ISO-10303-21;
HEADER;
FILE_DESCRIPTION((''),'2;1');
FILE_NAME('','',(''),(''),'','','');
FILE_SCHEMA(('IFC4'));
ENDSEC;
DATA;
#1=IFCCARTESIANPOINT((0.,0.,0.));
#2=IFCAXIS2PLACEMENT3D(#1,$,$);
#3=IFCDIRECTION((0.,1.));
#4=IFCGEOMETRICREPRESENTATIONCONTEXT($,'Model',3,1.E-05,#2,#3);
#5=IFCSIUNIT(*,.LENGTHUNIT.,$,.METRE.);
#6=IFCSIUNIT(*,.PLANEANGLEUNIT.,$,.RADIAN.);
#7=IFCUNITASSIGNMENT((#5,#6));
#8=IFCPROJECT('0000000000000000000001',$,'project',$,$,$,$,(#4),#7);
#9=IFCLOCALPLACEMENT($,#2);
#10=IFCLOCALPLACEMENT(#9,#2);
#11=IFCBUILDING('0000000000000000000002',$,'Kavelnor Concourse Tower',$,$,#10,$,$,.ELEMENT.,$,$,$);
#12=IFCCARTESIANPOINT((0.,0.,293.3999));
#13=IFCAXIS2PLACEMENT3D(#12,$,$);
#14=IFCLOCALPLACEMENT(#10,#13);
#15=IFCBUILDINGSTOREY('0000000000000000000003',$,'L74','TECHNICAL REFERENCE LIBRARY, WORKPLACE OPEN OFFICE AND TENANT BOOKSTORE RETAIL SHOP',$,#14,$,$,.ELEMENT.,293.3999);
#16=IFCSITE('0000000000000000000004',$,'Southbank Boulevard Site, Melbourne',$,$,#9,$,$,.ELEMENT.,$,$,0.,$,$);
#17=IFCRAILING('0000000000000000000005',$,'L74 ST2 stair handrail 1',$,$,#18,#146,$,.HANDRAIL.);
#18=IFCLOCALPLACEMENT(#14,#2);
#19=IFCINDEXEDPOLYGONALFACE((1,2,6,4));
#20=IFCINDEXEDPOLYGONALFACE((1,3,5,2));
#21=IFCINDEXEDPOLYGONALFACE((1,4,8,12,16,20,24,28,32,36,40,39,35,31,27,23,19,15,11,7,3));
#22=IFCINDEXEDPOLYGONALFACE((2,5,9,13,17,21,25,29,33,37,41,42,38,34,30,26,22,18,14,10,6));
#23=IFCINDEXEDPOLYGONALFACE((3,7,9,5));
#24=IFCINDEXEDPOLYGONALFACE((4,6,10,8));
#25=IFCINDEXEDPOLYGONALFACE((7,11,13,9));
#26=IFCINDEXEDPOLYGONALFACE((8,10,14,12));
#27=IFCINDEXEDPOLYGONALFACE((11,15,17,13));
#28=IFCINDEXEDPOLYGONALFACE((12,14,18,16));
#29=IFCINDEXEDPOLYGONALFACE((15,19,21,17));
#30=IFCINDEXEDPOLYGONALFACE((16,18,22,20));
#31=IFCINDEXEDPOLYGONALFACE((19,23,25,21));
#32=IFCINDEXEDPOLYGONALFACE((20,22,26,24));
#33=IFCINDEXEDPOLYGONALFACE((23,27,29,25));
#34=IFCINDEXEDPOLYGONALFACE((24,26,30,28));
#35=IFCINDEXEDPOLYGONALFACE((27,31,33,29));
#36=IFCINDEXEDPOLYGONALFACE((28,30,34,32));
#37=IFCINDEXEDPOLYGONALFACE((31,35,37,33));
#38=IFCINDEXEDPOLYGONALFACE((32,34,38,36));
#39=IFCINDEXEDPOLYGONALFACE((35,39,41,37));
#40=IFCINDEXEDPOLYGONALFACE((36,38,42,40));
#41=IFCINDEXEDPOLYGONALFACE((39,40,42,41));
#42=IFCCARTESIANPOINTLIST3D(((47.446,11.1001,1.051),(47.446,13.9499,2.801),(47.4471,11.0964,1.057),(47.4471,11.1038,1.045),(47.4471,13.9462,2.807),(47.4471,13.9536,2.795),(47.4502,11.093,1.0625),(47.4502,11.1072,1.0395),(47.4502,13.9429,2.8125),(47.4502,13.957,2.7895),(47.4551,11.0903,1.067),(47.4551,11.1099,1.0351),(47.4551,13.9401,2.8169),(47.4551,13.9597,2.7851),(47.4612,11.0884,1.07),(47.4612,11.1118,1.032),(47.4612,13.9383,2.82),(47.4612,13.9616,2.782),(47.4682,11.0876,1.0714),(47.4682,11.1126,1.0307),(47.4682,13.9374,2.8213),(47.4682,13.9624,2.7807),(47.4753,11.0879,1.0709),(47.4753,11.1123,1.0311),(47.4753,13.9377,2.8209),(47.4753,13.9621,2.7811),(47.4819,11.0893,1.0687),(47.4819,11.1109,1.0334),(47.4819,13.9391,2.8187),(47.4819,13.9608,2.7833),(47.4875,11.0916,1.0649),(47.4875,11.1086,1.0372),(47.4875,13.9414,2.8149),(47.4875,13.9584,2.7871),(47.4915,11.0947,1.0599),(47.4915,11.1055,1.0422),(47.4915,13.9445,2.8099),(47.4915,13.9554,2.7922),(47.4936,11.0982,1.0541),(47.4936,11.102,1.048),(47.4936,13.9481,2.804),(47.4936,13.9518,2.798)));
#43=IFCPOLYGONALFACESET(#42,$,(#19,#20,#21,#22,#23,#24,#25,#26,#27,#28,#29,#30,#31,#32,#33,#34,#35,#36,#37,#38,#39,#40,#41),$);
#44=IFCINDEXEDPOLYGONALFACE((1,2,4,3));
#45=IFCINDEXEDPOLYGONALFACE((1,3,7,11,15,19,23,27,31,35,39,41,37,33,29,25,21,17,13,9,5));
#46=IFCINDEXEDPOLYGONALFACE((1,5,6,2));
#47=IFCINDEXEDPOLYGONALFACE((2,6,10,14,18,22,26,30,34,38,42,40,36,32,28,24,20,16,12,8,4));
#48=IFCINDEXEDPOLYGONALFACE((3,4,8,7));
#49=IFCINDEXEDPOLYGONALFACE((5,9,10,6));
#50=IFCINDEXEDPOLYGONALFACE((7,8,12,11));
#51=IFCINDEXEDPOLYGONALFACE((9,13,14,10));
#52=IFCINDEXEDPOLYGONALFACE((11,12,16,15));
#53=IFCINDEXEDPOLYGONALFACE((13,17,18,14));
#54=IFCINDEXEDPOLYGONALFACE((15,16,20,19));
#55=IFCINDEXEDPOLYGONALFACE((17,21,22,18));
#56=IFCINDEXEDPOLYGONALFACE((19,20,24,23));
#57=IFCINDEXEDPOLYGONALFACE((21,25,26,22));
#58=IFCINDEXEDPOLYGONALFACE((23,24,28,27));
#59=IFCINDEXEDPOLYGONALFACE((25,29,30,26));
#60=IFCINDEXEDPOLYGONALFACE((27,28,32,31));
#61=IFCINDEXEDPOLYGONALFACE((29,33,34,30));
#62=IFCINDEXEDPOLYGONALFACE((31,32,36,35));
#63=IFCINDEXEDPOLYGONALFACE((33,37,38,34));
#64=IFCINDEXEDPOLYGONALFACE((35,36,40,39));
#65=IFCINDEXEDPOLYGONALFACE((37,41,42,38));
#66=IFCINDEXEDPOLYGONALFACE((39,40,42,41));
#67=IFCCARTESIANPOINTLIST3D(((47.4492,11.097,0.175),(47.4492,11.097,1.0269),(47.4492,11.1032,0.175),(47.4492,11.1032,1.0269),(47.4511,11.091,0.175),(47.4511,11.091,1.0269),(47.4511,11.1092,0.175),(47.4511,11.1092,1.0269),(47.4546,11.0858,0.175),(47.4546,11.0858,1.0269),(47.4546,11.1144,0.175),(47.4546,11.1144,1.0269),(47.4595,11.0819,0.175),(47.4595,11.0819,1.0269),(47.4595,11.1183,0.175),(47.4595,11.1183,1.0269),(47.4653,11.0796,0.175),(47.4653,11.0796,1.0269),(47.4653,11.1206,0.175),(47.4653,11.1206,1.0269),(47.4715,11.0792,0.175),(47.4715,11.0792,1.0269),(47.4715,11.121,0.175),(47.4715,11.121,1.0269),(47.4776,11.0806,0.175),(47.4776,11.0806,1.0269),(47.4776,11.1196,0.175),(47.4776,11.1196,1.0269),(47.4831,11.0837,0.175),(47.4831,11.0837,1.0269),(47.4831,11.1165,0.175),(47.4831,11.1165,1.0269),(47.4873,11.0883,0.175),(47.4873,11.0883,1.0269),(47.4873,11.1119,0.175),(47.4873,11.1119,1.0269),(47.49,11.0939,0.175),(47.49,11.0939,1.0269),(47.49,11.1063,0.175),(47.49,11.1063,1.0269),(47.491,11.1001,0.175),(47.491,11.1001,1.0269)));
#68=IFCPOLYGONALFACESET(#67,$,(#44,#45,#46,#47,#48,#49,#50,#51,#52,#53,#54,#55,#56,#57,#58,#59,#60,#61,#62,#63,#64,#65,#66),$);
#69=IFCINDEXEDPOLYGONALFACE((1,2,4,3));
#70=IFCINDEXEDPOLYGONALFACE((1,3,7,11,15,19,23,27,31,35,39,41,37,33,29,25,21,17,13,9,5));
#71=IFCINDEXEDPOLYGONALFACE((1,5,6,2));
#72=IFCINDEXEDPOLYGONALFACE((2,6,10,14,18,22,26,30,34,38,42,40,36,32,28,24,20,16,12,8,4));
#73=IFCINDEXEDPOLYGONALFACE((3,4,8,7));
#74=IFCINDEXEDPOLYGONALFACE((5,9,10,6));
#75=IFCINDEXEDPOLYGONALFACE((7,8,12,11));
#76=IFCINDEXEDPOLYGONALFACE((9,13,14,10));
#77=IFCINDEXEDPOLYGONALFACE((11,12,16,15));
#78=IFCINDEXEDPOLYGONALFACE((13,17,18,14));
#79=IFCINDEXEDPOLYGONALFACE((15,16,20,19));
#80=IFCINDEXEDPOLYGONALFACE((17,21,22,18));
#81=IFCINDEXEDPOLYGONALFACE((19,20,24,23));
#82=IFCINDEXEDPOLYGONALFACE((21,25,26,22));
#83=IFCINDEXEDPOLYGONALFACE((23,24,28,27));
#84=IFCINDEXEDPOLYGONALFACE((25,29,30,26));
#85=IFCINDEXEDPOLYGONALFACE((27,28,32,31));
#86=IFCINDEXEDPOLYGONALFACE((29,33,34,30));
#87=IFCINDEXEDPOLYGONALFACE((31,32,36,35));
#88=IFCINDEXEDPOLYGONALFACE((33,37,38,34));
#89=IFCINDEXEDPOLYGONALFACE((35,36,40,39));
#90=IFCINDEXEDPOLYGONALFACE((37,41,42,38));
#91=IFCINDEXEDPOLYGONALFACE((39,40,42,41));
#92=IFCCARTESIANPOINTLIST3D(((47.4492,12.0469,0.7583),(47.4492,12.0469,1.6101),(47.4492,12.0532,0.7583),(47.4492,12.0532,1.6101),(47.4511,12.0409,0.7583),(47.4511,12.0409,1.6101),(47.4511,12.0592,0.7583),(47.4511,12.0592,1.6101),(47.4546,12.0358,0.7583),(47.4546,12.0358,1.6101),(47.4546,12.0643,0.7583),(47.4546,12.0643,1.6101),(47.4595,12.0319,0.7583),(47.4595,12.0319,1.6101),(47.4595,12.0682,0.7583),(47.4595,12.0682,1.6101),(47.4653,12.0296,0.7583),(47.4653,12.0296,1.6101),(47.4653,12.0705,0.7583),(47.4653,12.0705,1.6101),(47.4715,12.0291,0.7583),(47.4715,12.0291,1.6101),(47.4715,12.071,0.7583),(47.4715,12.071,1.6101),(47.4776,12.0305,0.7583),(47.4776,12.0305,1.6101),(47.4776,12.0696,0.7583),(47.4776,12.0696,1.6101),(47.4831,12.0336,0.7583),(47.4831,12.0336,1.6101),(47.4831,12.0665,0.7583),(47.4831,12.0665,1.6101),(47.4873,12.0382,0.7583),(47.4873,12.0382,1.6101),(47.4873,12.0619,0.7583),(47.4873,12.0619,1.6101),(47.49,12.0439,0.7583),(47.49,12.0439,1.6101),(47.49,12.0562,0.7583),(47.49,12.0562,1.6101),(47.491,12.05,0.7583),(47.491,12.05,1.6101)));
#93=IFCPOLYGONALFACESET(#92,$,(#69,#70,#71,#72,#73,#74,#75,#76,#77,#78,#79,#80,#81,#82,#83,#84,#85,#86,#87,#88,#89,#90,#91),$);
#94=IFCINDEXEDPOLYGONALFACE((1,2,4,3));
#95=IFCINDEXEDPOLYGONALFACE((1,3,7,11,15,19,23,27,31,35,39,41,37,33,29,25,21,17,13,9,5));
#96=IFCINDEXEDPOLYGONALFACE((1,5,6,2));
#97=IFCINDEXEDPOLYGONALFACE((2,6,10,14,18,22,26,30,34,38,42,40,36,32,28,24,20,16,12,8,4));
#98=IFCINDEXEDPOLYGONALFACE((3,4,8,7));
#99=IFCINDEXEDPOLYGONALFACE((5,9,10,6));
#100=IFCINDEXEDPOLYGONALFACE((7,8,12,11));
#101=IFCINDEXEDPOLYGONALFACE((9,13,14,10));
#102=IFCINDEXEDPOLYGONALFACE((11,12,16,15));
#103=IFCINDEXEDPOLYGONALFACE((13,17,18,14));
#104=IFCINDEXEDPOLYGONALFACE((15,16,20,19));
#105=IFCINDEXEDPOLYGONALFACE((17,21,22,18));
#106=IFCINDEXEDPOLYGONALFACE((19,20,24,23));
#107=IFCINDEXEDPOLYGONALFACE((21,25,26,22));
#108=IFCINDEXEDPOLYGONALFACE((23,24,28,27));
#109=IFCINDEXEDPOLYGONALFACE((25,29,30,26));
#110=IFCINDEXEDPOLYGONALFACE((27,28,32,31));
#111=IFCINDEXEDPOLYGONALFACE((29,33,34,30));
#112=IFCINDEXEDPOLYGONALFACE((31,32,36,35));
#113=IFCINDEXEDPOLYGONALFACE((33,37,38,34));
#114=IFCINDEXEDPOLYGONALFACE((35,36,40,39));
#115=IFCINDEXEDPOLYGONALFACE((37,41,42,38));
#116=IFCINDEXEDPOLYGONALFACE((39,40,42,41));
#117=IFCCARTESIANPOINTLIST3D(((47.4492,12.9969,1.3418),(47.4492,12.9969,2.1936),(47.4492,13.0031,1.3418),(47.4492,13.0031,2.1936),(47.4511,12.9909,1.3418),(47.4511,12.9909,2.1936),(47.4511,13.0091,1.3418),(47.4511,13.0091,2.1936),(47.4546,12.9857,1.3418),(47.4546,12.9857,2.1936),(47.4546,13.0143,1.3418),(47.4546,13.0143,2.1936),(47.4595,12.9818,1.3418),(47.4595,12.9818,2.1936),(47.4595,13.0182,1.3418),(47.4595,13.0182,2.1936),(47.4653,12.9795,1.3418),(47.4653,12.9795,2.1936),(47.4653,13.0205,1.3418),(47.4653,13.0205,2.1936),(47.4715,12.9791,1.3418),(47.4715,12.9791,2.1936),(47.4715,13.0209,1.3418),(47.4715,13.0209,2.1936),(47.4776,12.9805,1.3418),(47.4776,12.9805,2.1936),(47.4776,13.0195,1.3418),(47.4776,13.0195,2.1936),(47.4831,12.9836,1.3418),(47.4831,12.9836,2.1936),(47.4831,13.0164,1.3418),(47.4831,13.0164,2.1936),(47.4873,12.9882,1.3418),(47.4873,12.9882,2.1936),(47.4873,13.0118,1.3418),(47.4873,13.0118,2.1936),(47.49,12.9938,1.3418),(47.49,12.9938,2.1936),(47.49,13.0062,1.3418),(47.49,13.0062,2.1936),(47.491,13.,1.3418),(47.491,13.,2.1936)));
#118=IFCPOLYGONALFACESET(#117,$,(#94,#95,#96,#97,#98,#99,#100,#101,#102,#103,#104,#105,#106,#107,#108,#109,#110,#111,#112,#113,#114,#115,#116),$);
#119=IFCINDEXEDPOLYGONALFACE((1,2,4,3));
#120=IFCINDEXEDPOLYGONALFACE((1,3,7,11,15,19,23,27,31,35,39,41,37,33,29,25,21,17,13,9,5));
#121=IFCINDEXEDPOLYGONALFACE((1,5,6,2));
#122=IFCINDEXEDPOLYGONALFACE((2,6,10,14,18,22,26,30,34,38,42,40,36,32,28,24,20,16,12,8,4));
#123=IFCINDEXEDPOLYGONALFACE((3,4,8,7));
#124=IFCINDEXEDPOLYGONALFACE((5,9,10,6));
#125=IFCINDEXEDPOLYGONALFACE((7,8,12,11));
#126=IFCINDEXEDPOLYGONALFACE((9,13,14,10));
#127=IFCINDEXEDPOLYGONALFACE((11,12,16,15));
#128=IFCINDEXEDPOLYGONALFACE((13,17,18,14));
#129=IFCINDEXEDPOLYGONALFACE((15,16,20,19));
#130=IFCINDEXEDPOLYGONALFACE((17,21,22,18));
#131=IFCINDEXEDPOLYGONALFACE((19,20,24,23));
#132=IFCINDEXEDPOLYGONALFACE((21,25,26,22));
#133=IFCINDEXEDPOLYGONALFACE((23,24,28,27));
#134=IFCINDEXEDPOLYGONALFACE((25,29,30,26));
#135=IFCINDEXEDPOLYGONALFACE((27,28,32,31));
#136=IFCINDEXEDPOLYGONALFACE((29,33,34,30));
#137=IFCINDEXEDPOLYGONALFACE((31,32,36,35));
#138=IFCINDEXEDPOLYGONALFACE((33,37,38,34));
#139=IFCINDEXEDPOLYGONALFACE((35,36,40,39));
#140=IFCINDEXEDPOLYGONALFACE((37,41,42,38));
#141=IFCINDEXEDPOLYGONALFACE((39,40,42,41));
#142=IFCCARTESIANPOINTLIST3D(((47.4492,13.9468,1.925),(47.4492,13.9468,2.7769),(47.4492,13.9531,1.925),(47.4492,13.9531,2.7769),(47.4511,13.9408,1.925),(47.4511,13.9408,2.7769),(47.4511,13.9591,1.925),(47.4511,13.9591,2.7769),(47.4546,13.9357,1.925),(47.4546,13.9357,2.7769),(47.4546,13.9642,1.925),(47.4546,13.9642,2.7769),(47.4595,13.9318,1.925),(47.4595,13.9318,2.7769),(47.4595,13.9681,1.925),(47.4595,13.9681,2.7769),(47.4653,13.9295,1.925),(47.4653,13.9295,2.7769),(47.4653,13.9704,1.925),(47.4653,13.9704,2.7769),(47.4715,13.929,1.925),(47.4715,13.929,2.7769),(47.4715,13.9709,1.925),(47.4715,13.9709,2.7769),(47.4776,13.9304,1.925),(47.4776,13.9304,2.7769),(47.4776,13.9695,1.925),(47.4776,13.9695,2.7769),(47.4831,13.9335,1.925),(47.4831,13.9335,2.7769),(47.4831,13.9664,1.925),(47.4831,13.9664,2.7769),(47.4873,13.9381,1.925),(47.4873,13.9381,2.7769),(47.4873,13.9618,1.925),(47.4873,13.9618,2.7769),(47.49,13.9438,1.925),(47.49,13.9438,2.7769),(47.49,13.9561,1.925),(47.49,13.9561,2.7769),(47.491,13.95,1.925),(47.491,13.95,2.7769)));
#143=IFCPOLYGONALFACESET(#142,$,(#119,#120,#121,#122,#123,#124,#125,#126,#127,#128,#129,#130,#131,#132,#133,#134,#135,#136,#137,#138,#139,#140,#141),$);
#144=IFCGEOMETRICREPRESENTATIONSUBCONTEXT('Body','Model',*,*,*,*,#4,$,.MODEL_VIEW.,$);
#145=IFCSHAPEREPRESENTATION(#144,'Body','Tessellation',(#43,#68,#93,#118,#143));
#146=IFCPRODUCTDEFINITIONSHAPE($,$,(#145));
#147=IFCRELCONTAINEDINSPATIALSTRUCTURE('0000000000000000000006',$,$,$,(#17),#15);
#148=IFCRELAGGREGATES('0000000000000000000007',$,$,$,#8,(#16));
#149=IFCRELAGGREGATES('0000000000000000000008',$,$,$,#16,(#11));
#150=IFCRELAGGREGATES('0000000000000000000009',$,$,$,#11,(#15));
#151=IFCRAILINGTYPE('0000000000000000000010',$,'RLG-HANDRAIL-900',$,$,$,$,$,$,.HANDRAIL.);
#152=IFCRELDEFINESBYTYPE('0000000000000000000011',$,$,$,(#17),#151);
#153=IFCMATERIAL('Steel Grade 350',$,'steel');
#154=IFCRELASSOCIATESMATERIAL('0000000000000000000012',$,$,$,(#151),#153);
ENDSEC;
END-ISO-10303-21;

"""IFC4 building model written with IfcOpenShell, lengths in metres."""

from ifc_helpers import new_model, si_unit, direction, frame, origin, origin_2d, place, context, subcontext, project, spatial, circle, extrude, material, type_object, element, save


model = new_model("IFC4")

# Units and contexts
model_context = context("Model", 3, precision=1e-05, world=origin(), true_north=direction((0.0, 1.0)))
body_context = subcontext(model_context, "Body", "Model", "MODEL_VIEW")
ifc_project = project(units=[si_unit("LENGTHUNIT", "METRE"), si_unit("PLANEANGLEUNIT", "RADIAN")], contexts=[model_context])

# Site, building, storey
site_placement = place(None, origin())
site = spatial("IfcSite", under=ifc_project, at=site_placement, Name="Southbank Boulevard Site, Melbourne", CompositionType="ELEMENT", RefElevation=0.0)
building_placement = place(site_placement, origin())
building = spatial("IfcBuilding", under=site, at=building_placement, Name="Kavelnor Concourse Tower", CompositionType="ELEMENT")
storey_placement = place(building_placement, frame((0.0, 0.0, 293.3999)))
storey = spatial("IfcBuildingStorey", under=building, at=storey_placement, Name="L74", Description="TECHNICAL REFERENCE LIBRARY, WORKPLACE OPEN OFFICE AND TENANT BOOKSTORE RETAIL SHOP", CompositionType="ELEMENT", Elevation=293.3999)

# Shared definitions
ifc_material_1 = material(Name="Steel Grade 350", Category="steel")

# Railing
railing_type_1 = type_object("IfcRailingType", Name="RLG-HANDRAIL-900", PredefinedType="HANDRAIL", material=ifc_material_1)
railing_1_placement = place(storey_placement, frame((47.47, 11.1001, 0.175)))
element("IfcRailing", 1, at=railing_1_placement, inside=storey, type_object=railing_type_1, Name="L74 ST2 stair handrail 1", PredefinedType="HANDRAIL", context=body_context, shape_type="SweptSolid", body=[
    extrude(circle(Radius=0.0239, at=origin_2d()), frame((0.0, 0.0, 0.876), z_axis=(0.0, 0.852159, 0.523283), x_axis=(-1.0, 0.0, 0.0)), (0.0, 0.0, 1.0), 3.3442),
    extrude(circle(Radius=0.021, at=origin_2d()), origin(), (0.0, 0.0, 1.0), 0.8518),
    extrude(circle(Radius=0.021, at=origin_2d()), frame((0.0, 0.95, 0.5833)), (0.0, 0.0, 1.0), 0.8518),
    extrude(circle(Radius=0.021, at=origin_2d()), frame((0.0, 1.8999, 1.1667)), (0.0, 0.0, 1.0), 0.8518),
    extrude(circle(Radius=0.021, at=origin_2d()), frame((0.0, 2.8499, 1.75)), (0.0, 0.0, 1.0), 0.8518),
])

save(model, "model.ifc")
